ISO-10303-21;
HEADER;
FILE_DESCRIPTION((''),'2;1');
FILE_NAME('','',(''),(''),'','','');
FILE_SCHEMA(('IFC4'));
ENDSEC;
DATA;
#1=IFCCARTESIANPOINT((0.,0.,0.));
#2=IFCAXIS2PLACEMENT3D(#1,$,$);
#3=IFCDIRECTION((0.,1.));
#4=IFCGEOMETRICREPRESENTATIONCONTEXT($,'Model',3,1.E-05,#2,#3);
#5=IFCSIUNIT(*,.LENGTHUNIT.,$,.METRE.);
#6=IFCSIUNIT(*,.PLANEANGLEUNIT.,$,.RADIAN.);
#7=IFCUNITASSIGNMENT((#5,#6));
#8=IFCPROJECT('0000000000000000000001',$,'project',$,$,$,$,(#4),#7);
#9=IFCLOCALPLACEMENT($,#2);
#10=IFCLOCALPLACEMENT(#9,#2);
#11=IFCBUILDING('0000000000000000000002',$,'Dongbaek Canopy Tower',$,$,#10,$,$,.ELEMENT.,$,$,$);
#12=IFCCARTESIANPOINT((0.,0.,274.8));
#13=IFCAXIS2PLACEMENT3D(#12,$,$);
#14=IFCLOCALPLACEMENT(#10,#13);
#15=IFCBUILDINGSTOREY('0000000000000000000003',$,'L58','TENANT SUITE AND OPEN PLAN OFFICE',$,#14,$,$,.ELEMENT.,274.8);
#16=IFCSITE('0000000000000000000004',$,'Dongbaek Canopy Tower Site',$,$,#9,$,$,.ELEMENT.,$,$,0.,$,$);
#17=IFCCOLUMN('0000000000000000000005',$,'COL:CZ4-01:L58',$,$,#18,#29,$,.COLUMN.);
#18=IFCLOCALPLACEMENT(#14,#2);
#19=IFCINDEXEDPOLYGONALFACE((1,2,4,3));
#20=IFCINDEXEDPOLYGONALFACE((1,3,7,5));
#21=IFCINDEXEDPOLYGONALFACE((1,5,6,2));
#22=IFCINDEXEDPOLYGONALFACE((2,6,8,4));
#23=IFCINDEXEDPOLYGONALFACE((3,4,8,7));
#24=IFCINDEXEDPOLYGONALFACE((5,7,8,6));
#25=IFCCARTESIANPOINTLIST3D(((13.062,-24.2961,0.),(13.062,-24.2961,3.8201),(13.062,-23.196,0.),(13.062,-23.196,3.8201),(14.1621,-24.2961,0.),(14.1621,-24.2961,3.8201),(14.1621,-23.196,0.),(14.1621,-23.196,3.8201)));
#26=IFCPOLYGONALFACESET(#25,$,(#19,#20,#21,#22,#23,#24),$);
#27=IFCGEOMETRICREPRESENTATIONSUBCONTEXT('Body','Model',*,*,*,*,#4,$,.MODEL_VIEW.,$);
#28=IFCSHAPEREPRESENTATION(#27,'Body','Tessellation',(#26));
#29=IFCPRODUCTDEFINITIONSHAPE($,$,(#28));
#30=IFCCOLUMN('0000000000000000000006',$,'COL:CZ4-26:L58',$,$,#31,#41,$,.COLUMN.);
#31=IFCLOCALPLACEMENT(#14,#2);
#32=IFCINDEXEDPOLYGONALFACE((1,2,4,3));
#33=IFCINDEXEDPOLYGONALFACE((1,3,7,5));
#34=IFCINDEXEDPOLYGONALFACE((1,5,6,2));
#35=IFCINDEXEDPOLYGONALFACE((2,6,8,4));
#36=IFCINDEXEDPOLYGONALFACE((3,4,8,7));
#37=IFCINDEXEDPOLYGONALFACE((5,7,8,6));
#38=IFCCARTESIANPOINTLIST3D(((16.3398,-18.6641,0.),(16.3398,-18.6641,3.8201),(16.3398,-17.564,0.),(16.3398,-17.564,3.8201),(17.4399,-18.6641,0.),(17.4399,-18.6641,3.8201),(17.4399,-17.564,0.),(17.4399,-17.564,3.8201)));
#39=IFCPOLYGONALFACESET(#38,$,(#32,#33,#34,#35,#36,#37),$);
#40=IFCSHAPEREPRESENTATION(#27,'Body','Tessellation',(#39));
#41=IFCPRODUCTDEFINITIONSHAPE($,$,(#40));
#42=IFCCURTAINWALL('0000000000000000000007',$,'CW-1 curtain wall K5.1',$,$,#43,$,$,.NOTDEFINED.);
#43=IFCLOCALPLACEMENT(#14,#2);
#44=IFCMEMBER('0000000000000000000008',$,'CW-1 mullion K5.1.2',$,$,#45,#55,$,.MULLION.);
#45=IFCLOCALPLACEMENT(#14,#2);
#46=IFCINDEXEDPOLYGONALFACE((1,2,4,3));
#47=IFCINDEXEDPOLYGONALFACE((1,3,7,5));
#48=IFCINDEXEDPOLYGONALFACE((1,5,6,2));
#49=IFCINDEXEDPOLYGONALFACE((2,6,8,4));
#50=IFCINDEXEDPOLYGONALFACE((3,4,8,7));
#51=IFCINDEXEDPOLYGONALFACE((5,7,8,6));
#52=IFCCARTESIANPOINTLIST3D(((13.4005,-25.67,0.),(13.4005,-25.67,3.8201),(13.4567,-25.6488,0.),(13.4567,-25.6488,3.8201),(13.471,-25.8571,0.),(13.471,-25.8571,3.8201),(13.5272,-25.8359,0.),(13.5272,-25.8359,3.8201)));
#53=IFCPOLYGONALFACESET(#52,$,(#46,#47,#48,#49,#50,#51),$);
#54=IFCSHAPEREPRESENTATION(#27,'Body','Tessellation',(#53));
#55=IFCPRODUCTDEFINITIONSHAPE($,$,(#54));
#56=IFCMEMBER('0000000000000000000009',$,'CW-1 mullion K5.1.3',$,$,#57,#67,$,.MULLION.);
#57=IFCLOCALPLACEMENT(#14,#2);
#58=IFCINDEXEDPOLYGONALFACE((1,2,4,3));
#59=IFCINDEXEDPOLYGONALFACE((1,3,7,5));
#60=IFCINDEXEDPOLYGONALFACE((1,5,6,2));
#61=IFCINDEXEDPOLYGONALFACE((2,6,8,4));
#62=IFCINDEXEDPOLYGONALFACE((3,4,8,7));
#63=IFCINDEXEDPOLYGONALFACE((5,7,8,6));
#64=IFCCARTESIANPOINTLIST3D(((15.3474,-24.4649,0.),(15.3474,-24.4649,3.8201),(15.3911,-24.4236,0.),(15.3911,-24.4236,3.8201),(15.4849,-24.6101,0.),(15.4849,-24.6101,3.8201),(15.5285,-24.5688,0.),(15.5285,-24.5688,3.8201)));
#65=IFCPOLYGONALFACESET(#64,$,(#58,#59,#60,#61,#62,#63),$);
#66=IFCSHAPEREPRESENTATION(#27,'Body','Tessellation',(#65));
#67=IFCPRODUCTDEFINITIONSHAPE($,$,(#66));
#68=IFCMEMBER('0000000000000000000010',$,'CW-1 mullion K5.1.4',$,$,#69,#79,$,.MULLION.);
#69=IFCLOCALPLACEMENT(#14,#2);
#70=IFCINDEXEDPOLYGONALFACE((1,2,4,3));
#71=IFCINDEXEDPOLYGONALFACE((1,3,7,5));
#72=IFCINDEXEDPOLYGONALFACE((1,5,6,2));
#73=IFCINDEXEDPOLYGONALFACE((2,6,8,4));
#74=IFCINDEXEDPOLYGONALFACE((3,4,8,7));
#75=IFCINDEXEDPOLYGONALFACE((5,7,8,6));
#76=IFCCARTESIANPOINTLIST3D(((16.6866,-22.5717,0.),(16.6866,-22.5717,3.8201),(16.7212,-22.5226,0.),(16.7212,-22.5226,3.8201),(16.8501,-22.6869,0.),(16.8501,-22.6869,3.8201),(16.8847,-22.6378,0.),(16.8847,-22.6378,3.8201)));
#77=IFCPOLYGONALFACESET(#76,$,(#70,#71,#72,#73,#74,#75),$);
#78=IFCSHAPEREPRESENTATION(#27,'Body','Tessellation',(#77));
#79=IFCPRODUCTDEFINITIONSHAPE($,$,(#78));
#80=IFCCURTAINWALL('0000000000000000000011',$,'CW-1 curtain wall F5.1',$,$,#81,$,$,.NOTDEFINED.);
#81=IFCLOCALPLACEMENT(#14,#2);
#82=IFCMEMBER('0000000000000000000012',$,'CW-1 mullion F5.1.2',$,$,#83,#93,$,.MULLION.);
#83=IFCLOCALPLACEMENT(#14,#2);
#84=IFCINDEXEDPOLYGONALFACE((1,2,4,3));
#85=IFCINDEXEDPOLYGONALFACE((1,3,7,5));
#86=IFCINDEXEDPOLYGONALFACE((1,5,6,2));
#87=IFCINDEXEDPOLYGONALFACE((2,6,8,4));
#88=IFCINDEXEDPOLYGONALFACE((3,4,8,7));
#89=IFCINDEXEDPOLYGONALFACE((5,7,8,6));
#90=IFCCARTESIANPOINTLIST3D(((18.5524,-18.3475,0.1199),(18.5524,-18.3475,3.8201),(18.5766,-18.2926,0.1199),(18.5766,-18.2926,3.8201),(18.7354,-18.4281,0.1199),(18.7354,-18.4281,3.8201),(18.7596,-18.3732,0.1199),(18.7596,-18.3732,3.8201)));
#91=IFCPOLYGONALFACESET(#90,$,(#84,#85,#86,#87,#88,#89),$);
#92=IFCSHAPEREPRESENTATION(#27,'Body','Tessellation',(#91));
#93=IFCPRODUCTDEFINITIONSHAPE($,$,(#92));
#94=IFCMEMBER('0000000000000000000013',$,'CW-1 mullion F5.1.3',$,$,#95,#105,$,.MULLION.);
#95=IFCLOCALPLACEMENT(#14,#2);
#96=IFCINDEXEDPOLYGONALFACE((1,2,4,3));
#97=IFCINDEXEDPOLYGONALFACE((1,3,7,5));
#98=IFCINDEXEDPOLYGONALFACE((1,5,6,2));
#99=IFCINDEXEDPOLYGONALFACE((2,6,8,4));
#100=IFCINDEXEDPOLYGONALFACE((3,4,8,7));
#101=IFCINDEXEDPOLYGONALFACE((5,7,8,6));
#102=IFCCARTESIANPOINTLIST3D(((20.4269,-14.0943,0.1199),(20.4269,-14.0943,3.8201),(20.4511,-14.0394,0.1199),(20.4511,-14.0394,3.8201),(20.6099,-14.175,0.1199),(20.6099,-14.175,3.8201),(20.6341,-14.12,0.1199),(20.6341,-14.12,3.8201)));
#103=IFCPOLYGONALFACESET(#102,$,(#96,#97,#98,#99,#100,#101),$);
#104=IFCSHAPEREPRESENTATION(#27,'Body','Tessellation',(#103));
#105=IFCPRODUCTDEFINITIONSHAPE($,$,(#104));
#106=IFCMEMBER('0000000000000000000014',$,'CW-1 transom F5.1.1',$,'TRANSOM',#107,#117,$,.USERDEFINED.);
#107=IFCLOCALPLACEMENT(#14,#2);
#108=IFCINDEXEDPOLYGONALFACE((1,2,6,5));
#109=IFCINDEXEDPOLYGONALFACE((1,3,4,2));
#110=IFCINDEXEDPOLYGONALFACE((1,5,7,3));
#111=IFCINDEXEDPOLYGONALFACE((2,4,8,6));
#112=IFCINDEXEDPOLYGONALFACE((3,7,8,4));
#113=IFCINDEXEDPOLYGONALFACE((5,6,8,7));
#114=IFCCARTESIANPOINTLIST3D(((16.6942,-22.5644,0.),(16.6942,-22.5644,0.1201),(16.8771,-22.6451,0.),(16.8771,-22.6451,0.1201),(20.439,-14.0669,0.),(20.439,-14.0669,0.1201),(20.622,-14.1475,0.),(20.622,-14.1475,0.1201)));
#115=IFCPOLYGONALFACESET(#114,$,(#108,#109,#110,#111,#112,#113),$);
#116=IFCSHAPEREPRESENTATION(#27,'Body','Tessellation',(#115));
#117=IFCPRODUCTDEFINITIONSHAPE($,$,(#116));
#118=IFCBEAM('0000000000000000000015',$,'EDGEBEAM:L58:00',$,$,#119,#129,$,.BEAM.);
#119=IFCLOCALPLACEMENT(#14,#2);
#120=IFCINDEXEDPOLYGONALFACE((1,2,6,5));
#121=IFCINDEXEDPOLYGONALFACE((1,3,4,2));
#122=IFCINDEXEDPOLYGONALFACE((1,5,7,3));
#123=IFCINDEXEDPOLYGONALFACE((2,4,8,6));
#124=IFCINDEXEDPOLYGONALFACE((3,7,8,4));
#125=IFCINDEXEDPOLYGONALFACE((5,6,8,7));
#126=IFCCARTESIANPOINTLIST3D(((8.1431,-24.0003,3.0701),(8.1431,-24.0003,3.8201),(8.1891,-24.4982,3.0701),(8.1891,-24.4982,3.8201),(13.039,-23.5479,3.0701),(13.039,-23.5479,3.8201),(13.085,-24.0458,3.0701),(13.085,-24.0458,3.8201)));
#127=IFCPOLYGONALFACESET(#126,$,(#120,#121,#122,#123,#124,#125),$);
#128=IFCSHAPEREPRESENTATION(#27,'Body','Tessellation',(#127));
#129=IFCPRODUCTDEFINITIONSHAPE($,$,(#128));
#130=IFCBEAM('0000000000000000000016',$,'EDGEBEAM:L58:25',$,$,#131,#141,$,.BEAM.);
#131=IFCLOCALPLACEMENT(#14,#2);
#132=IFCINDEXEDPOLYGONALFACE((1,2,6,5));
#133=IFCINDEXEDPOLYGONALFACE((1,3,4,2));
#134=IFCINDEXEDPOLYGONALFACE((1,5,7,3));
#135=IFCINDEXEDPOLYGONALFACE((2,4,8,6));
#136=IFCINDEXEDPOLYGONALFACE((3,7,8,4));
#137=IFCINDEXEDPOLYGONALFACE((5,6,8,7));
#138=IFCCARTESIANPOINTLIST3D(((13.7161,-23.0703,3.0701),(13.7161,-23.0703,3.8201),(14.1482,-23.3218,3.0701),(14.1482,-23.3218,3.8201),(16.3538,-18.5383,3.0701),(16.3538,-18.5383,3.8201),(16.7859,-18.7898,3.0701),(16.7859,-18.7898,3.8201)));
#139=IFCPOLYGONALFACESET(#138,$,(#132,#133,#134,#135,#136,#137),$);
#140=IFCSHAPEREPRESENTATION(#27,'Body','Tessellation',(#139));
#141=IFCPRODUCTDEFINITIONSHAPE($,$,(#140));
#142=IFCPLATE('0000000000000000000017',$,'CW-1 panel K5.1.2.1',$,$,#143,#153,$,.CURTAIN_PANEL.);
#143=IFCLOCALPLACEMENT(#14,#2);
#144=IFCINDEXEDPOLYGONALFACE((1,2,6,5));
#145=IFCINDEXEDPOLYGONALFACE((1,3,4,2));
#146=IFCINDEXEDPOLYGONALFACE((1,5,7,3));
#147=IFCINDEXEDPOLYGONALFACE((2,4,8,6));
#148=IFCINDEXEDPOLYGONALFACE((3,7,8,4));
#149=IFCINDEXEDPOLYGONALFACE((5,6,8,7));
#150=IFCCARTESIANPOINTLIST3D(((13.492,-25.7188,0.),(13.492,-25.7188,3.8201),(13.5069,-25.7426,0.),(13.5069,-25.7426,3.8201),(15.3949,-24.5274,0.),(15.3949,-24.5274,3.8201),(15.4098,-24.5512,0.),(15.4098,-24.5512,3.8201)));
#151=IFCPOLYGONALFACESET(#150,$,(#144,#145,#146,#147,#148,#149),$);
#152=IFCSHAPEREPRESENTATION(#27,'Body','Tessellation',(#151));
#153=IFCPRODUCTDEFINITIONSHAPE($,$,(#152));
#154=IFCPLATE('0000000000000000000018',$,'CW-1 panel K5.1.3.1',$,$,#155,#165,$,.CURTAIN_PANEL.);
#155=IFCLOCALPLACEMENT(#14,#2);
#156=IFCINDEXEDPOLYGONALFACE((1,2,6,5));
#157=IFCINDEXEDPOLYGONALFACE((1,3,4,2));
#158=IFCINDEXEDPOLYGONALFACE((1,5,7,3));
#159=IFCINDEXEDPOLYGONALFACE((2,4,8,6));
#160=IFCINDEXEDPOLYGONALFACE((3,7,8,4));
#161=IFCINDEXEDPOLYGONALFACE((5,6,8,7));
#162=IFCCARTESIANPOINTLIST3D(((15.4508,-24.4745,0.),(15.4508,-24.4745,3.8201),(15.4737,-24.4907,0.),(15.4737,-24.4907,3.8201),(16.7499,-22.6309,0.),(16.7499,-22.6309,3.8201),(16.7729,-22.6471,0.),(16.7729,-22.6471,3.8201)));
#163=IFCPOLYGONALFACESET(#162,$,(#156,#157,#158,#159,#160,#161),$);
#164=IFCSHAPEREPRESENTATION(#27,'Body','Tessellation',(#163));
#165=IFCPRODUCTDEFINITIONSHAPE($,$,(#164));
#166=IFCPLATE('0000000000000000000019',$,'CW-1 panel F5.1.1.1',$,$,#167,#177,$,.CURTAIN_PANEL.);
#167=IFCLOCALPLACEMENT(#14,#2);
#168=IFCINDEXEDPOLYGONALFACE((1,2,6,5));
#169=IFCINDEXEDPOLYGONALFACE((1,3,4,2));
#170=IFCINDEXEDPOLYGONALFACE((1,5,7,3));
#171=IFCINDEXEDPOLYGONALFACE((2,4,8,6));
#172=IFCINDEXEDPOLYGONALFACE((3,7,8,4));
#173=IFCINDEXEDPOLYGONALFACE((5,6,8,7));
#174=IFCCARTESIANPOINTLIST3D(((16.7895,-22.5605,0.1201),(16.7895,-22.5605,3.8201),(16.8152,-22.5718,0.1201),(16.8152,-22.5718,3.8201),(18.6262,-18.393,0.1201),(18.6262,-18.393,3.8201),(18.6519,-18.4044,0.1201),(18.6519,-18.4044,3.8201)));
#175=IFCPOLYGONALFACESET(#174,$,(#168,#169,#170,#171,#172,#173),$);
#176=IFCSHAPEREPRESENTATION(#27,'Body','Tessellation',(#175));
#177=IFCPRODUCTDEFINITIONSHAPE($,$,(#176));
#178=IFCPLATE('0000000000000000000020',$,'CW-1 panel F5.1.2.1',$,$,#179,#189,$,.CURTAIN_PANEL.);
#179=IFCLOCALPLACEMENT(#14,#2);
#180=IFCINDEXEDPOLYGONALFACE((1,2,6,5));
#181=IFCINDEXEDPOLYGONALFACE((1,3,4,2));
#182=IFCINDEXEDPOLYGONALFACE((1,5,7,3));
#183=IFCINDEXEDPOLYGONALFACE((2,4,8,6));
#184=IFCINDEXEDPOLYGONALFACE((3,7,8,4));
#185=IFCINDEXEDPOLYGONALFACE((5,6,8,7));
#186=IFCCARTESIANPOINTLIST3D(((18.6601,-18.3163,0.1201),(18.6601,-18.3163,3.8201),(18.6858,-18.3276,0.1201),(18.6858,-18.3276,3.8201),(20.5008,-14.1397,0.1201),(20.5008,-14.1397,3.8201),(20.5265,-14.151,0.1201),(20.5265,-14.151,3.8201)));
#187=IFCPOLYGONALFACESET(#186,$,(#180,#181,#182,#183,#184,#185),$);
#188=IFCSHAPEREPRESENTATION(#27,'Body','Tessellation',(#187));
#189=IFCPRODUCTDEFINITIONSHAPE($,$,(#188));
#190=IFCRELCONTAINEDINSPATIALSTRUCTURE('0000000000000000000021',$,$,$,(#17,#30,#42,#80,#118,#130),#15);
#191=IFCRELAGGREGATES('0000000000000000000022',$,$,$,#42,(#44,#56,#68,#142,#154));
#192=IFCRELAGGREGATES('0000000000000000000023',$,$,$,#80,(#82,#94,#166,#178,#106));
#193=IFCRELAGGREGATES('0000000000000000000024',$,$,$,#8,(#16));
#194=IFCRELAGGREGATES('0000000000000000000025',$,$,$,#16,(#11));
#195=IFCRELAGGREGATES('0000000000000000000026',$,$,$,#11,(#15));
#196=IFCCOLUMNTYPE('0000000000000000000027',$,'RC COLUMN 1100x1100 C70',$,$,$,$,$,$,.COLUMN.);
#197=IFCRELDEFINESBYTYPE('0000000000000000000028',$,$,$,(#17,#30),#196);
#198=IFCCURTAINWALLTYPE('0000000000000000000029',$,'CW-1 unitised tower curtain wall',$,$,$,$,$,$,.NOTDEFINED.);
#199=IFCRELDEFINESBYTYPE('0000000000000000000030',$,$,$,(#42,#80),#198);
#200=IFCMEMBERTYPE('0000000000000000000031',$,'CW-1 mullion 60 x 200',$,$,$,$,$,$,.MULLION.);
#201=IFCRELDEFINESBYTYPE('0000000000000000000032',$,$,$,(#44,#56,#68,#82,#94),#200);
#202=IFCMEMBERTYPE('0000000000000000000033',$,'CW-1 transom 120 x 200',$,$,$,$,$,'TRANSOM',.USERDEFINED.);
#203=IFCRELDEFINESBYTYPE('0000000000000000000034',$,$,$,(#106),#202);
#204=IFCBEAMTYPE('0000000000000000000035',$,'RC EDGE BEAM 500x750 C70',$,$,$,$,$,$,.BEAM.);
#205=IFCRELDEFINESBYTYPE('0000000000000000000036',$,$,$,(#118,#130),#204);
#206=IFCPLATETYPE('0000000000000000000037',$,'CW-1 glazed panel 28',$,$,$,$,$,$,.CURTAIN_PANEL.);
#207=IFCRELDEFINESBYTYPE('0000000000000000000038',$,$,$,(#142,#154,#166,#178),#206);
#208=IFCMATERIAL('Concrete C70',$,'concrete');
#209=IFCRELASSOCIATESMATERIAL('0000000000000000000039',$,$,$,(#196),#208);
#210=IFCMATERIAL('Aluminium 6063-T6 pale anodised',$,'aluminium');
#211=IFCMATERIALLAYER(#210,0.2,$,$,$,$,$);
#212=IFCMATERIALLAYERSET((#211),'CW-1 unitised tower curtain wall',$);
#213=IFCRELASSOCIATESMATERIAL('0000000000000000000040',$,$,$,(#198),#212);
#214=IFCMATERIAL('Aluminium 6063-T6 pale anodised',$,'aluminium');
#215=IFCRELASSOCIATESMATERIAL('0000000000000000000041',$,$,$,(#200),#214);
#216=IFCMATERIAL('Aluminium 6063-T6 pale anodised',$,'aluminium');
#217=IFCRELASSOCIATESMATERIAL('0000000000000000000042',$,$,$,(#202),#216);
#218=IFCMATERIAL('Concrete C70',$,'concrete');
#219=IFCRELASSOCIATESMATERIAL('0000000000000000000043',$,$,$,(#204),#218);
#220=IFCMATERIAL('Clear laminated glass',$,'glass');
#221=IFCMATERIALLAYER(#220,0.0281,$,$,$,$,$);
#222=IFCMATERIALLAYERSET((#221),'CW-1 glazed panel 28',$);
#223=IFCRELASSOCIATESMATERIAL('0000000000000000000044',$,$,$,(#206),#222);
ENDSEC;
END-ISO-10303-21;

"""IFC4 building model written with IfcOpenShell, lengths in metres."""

from ifc_helpers import new_model, si_unit, direction, frame, origin, origin_2d, place, context, subcontext, project, spatial, rectangle, extrude, material, layer, layer_set, material_profile, profile_set, type_object, element, aggregate, save


model = new_model("IFC4")

# Units and contexts
model_context = context("Model", 3, precision=1e-05, world=origin(), true_north=direction((0.0, 1.0)))
body_context = subcontext(model_context, "Body", "Model", "MODEL_VIEW")
ifc_project = project(units=[si_unit("LENGTHUNIT", "METRE"), si_unit("PLANEANGLEUNIT", "RADIAN")], contexts=[model_context])

# Site, building, storey
site_placement = place(None, origin())
site = spatial("IfcSite", under=ifc_project, at=site_placement, Name="Dongbaek Canopy Tower Site", CompositionType="ELEMENT", RefElevation=0.0)
building_placement = place(site_placement, origin())
building = spatial("IfcBuilding", under=site, at=building_placement, Name="Dongbaek Canopy Tower", CompositionType="ELEMENT")
storey_placement = place(building_placement, frame((0.0, 0.0, 274.8)))
storey = spatial("IfcBuildingStorey", under=building, at=storey_placement, Name="L58", Description="TENANT SUITE AND OPEN PLAN OFFICE", CompositionType="ELEMENT", Elevation=274.8)

# Columns
ifc_material_1 = material(Name="Concrete C70", Category="concrete")
ifc_material_profile_1 = material_profile(ifc_material_1, rectangle(XDim=1.1001, YDim=1.1001, at=origin_2d()), Name="RC COLUMN 1100x1100 C70")
ifc_profile_set_1 = profile_set([ifc_material_profile_1], Name="Concrete C70")
column_type = type_object("IfcColumnType", Name="RC COLUMN 1100x1100 C70", PredefinedType="COLUMN", material=ifc_profile_set_1)
for number, where, z_axis, x_axis, name in (
    (1, (13.6121, -23.7461, 0.0), (0.0, 0.0, 1.0), (1.0, 0.0, 0.0), "COL:CZ4-01:L58"),
    (2, (16.8899, -18.114, 0.0), (0.0, 0.0, 1.0), (1.0, 0.0, 0.0), "COL:CZ4-26:L58"),
):
    element("IfcColumn", number, at=place(storey_placement, frame(where, z_axis=z_axis, x_axis=x_axis)), inside=storey, type_object=column_type, Name=name, PredefinedType="COLUMN", context=body_context, shape_type="SweptSolid", body=[
        extrude(rectangle(XDim=1.1001, YDim=1.1001, at=origin_2d()), origin(), (0.0, 0.0, 1.0), 3.8201),
    ])

# Curtain walls, members
ifc_material_2 = material(Name="Aluminium 6063-T6 pale anodised", Category="aluminium")
ifc_layer_1 = layer(ifc_material_2, 0.2)
ifc_layer_set_1 = layer_set([ifc_layer_1], Name="CW-1 unitised tower curtain wall")
curtain_wall_type = type_object("IfcCurtainWallType", Name="CW-1 unitised tower curtain wall", PredefinedType="NOTDEFINED", material=ifc_layer_set_1)
curtain_wall_1_placement = place(storey_placement, origin())
curtain_wall_1 = element("IfcCurtainWall", 3, at=curtain_wall_1_placement, inside=storey, type_object=curtain_wall_type, Name="CW-1 curtain wall K5.1", PredefinedType="NOTDEFINED")
ifc_material_3 = material(Name="Aluminium 6063-T6 pale anodised", Category="aluminium")
ifc_material_profile_2 = material_profile(ifc_material_3, rectangle(XDim=0.2, YDim=0.0601, at=origin_2d()), Name="CW-1 mullion 60 x 200")
ifc_profile_set_2 = profile_set([ifc_material_profile_2], Name="Aluminium 6063-T6 pale anodised")
member_type_1 = type_object("IfcMemberType", Name="CW-1 mullion 60 x 200", PredefinedType="MULLION", material=ifc_profile_set_2)
member_1_placement = place(storey_placement, frame((13.4639, -25.7529, 0.0), z_axis=(0.0, 0.0, 1.0), x_axis=(0.352875, -0.935671, 0.0)))
member_1 = element("IfcMember", 4, at=member_1_placement, type_object=member_type_1, Name="CW-1 mullion K5.1.2", PredefinedType="MULLION", context=body_context, shape_type="SweptSolid", body=[
    extrude(rectangle(XDim=0.2, YDim=0.0601, at=origin_2d()), origin(), (0.0, 0.0, 1.0), 3.8201),
])
member_2_placement = place(storey_placement, frame((15.438, -24.5168, 0.0), z_axis=(0.0, 0.0, 1.0), x_axis=(0.68759, -0.726099, 0.0)))
member_2 = element("IfcMember", 5, at=member_2_placement, type_object=member_type_1, Name="CW-1 mullion K5.1.3", PredefinedType="MULLION", context=body_context, shape_type="SweptSolid", body=[
    extrude(rectangle(XDim=0.2, YDim=0.0601, at=origin_2d()), origin(), (0.0, 0.0, 1.0), 3.8201),
])
member_3_placement = place(storey_placement, frame((16.7856, -22.6047, 0.0), z_axis=(0.0, 0.0, 1.0), x_axis=(0.817425, -0.576034, 0.0)))
member_3 = element("IfcMember", 6, at=member_3_placement, type_object=member_type_1, Name="CW-1 mullion K5.1.4", PredefinedType="MULLION", context=body_context, shape_type="SweptSolid", body=[
    extrude(rectangle(XDim=0.2, YDim=0.0601, at=origin_2d()), origin(), (0.0, 0.0, 1.0), 3.8201),
])
curtain_wall_2_placement = place(storey_placement, origin())
curtain_wall_2 = element("IfcCurtainWall", 7, at=curtain_wall_2_placement, inside=storey, type_object=curtain_wall_type, Name="CW-1 curtain wall F5.1", PredefinedType="NOTDEFINED")
member_4_placement = place(storey_placement, frame((18.656, -18.3604, 0.1199), z_axis=(0.0, 0.0, 1.0), x_axis=(0.915073, -0.403288, 0.0)))
member_4 = element("IfcMember", 8, at=member_4_placement, type_object=member_type_1, Name="CW-1 mullion F5.1.2", PredefinedType="MULLION", context=body_context, shape_type="SweptSolid", body=[
    extrude(rectangle(XDim=0.2, YDim=0.0601, at=origin_2d()), origin(), (0.0, 0.0, 1.0), 3.7002),
])
member_5_placement = place(storey_placement, frame((20.5305, -14.1072, 0.1199), z_axis=(0.0, 0.0, 1.0), x_axis=(0.915073, -0.403288, 0.0)))
member_5 = element("IfcMember", 9, at=member_5_placement, type_object=member_type_1, Name="CW-1 mullion F5.1.3", PredefinedType="MULLION", context=body_context, shape_type="SweptSolid", body=[
    extrude(rectangle(XDim=0.2, YDim=0.0601, at=origin_2d()), origin(), (0.0, 0.0, 1.0), 3.7002),
])
ifc_material_4 = material(Name="Aluminium 6063-T6 pale anodised", Category="aluminium")
ifc_material_profile_3 = material_profile(ifc_material_4, rectangle(XDim=0.2, YDim=0.1201, at=origin_2d()), Name="CW-1 transom 120 x 200")
ifc_profile_set_3 = profile_set([ifc_material_profile_3], Name="Aluminium 6063-T6 pale anodised")
member_type_2 = type_object("IfcMemberType", Name="CW-1 transom 120 x 200", ElementType="TRANSOM", PredefinedType="USERDEFINED", material=ifc_profile_set_3)
member_6_placement = place(storey_placement, frame((16.7856, -22.6047, 0.0601), z_axis=(0.403275, 0.915079, 0.0), x_axis=(-0.915079, 0.403275, 0.0)))
member_6 = element("IfcMember", 10, at=member_6_placement, type_object=member_type_2, Name="CW-1 transom F5.1.1", ObjectType="TRANSOM", PredefinedType="USERDEFINED", context=body_context, shape_type="SweptSolid", body=[
    extrude(rectangle(XDim=0.2, YDim=0.1201, at=origin_2d()), origin(), (0.0, 0.0, 1.0), 9.2861),
])

# Beams
ifc_material_5 = material(Name="Concrete C70", Category="concrete")
ifc_material_profile_4 = material_profile(ifc_material_5, rectangle(XDim=0.5, YDim=0.75, at=origin_2d()), Name="RC EDGE BEAM 500x750 C70")
ifc_profile_set_4 = profile_set([ifc_material_profile_4], Name="Concrete C70")
beam_type = type_object("IfcBeamType", Name="RC EDGE BEAM 500x750 C70", PredefinedType="BEAM", material=ifc_profile_set_4)
beam_1_placement = place(storey_placement, frame((13.062, -23.7969, 3.4451), z_axis=(-0.995758, -0.092009, 0.0), x_axis=(0.092009, -0.995758, 0.0)))
element("IfcBeam", 11, at=beam_1_placement, inside=storey, type_object=beam_type, Name="EDGEBEAM:L58:00", PredefinedType="BEAM", context=body_context, shape_type="SweptSolid", body=[
    extrude(rectangle(XDim=0.5, YDim=0.75, at=origin_2d()), origin(), (0.0, 0.0, 1.0), 4.9167),
])
beam_2_placement = place(storey_placement, frame((16.5698, -18.6641, 3.4451), z_axis=(-0.503023, -0.864273, 0.0), x_axis=(0.864273, -0.503023, 0.0)))
element("IfcBeam", 12, at=beam_2_placement, inside=storey, type_object=beam_type, Name="EDGEBEAM:L58:25", PredefinedType="BEAM", context=body_context, shape_type="SweptSolid", body=[
    extrude(rectangle(XDim=0.5, YDim=0.75, at=origin_2d()), origin(), (0.0, 0.0, 1.0), 5.2437),
])

# Plates
ifc_material_6 = material(Name="Clear laminated glass", Category="glass")
ifc_layer_2 = layer(ifc_material_6, 0.0281)
ifc_layer_set_2 = layer_set([ifc_layer_2], Name="CW-1 glazed panel 28")
plate_type = type_object("IfcPlateType", Name="CW-1 glazed panel 28", PredefinedType="CURTAIN_PANEL", material=ifc_layer_set_2)
plate_1_placement = place(storey_placement, frame((14.4509, -25.135, 0.0), z_axis=(0.0, 0.0, 1.0), x_axis=(0.847572, 0.530681, 0.0)))
plate_1 = element("IfcPlate", 13, at=plate_1_placement, type_object=plate_type, Name="CW-1 panel K5.1.2.1", PredefinedType="CURTAIN_PANEL", context=body_context, shape_type="SweptSolid", body=[
    extrude(rectangle(XDim=2.2451, YDim=0.0281, at=origin_2d()), origin(), (0.0, 0.0, 1.0), 3.8201),
])
plate_2_placement = place(storey_placement, frame((16.1118, -23.5608, 0.0), z_axis=(0.0, 0.0, 1.0), x_axis=(0.576034, 0.817425, 0.0)))
plate_2 = element("IfcPlate", 14, at=plate_2_placement, type_object=plate_type, Name="CW-1 panel K5.1.3.1", PredefinedType="CURTAIN_PANEL", context=body_context, shape_type="SweptSolid", body=[
    extrude(rectangle(XDim=2.2554, YDim=0.0281, at=origin_2d()), origin(), (0.0, 0.0, 1.0), 3.8201),
])
aggregate(curtain_wall_1, [member_1, member_2, member_3, plate_1, plate_2])
plate_3_placement = place(storey_placement, frame((17.7207, -20.4824, 0.1201), z_axis=(0.0, 0.0, 1.0), x_axis=(0.403288, 0.915073, 0.0)))
plate_3 = element("IfcPlate", 15, at=plate_3_placement, type_object=plate_type, Name="CW-1 panel F5.1.1.1", PredefinedType="CURTAIN_PANEL", context=body_context, shape_type="SweptSolid", body=[
    extrude(rectangle(XDim=4.5542, YDim=0.0281, at=origin_2d()), origin(), (0.0, 0.0, 1.0), 3.7),
])
plate_4_placement = place(storey_placement, frame((19.5933, -16.2336, 0.1201), z_axis=(0.0, 0.0, 1.0), x_axis=(0.403288, 0.915073, 0.0)))
plate_4 = element("IfcPlate", 16, at=plate_4_placement, type_object=plate_type, Name="CW-1 panel F5.1.2.1", PredefinedType="CURTAIN_PANEL", context=body_context, shape_type="SweptSolid", body=[
    extrude(rectangle(XDim=4.5642, YDim=0.0281, at=origin_2d()), origin(), (0.0, 0.0, 1.0), 3.7),
])

aggregate(curtain_wall_2, [member_4, member_5, plate_3, plate_4, member_6])

save(model, "model.ifc")
